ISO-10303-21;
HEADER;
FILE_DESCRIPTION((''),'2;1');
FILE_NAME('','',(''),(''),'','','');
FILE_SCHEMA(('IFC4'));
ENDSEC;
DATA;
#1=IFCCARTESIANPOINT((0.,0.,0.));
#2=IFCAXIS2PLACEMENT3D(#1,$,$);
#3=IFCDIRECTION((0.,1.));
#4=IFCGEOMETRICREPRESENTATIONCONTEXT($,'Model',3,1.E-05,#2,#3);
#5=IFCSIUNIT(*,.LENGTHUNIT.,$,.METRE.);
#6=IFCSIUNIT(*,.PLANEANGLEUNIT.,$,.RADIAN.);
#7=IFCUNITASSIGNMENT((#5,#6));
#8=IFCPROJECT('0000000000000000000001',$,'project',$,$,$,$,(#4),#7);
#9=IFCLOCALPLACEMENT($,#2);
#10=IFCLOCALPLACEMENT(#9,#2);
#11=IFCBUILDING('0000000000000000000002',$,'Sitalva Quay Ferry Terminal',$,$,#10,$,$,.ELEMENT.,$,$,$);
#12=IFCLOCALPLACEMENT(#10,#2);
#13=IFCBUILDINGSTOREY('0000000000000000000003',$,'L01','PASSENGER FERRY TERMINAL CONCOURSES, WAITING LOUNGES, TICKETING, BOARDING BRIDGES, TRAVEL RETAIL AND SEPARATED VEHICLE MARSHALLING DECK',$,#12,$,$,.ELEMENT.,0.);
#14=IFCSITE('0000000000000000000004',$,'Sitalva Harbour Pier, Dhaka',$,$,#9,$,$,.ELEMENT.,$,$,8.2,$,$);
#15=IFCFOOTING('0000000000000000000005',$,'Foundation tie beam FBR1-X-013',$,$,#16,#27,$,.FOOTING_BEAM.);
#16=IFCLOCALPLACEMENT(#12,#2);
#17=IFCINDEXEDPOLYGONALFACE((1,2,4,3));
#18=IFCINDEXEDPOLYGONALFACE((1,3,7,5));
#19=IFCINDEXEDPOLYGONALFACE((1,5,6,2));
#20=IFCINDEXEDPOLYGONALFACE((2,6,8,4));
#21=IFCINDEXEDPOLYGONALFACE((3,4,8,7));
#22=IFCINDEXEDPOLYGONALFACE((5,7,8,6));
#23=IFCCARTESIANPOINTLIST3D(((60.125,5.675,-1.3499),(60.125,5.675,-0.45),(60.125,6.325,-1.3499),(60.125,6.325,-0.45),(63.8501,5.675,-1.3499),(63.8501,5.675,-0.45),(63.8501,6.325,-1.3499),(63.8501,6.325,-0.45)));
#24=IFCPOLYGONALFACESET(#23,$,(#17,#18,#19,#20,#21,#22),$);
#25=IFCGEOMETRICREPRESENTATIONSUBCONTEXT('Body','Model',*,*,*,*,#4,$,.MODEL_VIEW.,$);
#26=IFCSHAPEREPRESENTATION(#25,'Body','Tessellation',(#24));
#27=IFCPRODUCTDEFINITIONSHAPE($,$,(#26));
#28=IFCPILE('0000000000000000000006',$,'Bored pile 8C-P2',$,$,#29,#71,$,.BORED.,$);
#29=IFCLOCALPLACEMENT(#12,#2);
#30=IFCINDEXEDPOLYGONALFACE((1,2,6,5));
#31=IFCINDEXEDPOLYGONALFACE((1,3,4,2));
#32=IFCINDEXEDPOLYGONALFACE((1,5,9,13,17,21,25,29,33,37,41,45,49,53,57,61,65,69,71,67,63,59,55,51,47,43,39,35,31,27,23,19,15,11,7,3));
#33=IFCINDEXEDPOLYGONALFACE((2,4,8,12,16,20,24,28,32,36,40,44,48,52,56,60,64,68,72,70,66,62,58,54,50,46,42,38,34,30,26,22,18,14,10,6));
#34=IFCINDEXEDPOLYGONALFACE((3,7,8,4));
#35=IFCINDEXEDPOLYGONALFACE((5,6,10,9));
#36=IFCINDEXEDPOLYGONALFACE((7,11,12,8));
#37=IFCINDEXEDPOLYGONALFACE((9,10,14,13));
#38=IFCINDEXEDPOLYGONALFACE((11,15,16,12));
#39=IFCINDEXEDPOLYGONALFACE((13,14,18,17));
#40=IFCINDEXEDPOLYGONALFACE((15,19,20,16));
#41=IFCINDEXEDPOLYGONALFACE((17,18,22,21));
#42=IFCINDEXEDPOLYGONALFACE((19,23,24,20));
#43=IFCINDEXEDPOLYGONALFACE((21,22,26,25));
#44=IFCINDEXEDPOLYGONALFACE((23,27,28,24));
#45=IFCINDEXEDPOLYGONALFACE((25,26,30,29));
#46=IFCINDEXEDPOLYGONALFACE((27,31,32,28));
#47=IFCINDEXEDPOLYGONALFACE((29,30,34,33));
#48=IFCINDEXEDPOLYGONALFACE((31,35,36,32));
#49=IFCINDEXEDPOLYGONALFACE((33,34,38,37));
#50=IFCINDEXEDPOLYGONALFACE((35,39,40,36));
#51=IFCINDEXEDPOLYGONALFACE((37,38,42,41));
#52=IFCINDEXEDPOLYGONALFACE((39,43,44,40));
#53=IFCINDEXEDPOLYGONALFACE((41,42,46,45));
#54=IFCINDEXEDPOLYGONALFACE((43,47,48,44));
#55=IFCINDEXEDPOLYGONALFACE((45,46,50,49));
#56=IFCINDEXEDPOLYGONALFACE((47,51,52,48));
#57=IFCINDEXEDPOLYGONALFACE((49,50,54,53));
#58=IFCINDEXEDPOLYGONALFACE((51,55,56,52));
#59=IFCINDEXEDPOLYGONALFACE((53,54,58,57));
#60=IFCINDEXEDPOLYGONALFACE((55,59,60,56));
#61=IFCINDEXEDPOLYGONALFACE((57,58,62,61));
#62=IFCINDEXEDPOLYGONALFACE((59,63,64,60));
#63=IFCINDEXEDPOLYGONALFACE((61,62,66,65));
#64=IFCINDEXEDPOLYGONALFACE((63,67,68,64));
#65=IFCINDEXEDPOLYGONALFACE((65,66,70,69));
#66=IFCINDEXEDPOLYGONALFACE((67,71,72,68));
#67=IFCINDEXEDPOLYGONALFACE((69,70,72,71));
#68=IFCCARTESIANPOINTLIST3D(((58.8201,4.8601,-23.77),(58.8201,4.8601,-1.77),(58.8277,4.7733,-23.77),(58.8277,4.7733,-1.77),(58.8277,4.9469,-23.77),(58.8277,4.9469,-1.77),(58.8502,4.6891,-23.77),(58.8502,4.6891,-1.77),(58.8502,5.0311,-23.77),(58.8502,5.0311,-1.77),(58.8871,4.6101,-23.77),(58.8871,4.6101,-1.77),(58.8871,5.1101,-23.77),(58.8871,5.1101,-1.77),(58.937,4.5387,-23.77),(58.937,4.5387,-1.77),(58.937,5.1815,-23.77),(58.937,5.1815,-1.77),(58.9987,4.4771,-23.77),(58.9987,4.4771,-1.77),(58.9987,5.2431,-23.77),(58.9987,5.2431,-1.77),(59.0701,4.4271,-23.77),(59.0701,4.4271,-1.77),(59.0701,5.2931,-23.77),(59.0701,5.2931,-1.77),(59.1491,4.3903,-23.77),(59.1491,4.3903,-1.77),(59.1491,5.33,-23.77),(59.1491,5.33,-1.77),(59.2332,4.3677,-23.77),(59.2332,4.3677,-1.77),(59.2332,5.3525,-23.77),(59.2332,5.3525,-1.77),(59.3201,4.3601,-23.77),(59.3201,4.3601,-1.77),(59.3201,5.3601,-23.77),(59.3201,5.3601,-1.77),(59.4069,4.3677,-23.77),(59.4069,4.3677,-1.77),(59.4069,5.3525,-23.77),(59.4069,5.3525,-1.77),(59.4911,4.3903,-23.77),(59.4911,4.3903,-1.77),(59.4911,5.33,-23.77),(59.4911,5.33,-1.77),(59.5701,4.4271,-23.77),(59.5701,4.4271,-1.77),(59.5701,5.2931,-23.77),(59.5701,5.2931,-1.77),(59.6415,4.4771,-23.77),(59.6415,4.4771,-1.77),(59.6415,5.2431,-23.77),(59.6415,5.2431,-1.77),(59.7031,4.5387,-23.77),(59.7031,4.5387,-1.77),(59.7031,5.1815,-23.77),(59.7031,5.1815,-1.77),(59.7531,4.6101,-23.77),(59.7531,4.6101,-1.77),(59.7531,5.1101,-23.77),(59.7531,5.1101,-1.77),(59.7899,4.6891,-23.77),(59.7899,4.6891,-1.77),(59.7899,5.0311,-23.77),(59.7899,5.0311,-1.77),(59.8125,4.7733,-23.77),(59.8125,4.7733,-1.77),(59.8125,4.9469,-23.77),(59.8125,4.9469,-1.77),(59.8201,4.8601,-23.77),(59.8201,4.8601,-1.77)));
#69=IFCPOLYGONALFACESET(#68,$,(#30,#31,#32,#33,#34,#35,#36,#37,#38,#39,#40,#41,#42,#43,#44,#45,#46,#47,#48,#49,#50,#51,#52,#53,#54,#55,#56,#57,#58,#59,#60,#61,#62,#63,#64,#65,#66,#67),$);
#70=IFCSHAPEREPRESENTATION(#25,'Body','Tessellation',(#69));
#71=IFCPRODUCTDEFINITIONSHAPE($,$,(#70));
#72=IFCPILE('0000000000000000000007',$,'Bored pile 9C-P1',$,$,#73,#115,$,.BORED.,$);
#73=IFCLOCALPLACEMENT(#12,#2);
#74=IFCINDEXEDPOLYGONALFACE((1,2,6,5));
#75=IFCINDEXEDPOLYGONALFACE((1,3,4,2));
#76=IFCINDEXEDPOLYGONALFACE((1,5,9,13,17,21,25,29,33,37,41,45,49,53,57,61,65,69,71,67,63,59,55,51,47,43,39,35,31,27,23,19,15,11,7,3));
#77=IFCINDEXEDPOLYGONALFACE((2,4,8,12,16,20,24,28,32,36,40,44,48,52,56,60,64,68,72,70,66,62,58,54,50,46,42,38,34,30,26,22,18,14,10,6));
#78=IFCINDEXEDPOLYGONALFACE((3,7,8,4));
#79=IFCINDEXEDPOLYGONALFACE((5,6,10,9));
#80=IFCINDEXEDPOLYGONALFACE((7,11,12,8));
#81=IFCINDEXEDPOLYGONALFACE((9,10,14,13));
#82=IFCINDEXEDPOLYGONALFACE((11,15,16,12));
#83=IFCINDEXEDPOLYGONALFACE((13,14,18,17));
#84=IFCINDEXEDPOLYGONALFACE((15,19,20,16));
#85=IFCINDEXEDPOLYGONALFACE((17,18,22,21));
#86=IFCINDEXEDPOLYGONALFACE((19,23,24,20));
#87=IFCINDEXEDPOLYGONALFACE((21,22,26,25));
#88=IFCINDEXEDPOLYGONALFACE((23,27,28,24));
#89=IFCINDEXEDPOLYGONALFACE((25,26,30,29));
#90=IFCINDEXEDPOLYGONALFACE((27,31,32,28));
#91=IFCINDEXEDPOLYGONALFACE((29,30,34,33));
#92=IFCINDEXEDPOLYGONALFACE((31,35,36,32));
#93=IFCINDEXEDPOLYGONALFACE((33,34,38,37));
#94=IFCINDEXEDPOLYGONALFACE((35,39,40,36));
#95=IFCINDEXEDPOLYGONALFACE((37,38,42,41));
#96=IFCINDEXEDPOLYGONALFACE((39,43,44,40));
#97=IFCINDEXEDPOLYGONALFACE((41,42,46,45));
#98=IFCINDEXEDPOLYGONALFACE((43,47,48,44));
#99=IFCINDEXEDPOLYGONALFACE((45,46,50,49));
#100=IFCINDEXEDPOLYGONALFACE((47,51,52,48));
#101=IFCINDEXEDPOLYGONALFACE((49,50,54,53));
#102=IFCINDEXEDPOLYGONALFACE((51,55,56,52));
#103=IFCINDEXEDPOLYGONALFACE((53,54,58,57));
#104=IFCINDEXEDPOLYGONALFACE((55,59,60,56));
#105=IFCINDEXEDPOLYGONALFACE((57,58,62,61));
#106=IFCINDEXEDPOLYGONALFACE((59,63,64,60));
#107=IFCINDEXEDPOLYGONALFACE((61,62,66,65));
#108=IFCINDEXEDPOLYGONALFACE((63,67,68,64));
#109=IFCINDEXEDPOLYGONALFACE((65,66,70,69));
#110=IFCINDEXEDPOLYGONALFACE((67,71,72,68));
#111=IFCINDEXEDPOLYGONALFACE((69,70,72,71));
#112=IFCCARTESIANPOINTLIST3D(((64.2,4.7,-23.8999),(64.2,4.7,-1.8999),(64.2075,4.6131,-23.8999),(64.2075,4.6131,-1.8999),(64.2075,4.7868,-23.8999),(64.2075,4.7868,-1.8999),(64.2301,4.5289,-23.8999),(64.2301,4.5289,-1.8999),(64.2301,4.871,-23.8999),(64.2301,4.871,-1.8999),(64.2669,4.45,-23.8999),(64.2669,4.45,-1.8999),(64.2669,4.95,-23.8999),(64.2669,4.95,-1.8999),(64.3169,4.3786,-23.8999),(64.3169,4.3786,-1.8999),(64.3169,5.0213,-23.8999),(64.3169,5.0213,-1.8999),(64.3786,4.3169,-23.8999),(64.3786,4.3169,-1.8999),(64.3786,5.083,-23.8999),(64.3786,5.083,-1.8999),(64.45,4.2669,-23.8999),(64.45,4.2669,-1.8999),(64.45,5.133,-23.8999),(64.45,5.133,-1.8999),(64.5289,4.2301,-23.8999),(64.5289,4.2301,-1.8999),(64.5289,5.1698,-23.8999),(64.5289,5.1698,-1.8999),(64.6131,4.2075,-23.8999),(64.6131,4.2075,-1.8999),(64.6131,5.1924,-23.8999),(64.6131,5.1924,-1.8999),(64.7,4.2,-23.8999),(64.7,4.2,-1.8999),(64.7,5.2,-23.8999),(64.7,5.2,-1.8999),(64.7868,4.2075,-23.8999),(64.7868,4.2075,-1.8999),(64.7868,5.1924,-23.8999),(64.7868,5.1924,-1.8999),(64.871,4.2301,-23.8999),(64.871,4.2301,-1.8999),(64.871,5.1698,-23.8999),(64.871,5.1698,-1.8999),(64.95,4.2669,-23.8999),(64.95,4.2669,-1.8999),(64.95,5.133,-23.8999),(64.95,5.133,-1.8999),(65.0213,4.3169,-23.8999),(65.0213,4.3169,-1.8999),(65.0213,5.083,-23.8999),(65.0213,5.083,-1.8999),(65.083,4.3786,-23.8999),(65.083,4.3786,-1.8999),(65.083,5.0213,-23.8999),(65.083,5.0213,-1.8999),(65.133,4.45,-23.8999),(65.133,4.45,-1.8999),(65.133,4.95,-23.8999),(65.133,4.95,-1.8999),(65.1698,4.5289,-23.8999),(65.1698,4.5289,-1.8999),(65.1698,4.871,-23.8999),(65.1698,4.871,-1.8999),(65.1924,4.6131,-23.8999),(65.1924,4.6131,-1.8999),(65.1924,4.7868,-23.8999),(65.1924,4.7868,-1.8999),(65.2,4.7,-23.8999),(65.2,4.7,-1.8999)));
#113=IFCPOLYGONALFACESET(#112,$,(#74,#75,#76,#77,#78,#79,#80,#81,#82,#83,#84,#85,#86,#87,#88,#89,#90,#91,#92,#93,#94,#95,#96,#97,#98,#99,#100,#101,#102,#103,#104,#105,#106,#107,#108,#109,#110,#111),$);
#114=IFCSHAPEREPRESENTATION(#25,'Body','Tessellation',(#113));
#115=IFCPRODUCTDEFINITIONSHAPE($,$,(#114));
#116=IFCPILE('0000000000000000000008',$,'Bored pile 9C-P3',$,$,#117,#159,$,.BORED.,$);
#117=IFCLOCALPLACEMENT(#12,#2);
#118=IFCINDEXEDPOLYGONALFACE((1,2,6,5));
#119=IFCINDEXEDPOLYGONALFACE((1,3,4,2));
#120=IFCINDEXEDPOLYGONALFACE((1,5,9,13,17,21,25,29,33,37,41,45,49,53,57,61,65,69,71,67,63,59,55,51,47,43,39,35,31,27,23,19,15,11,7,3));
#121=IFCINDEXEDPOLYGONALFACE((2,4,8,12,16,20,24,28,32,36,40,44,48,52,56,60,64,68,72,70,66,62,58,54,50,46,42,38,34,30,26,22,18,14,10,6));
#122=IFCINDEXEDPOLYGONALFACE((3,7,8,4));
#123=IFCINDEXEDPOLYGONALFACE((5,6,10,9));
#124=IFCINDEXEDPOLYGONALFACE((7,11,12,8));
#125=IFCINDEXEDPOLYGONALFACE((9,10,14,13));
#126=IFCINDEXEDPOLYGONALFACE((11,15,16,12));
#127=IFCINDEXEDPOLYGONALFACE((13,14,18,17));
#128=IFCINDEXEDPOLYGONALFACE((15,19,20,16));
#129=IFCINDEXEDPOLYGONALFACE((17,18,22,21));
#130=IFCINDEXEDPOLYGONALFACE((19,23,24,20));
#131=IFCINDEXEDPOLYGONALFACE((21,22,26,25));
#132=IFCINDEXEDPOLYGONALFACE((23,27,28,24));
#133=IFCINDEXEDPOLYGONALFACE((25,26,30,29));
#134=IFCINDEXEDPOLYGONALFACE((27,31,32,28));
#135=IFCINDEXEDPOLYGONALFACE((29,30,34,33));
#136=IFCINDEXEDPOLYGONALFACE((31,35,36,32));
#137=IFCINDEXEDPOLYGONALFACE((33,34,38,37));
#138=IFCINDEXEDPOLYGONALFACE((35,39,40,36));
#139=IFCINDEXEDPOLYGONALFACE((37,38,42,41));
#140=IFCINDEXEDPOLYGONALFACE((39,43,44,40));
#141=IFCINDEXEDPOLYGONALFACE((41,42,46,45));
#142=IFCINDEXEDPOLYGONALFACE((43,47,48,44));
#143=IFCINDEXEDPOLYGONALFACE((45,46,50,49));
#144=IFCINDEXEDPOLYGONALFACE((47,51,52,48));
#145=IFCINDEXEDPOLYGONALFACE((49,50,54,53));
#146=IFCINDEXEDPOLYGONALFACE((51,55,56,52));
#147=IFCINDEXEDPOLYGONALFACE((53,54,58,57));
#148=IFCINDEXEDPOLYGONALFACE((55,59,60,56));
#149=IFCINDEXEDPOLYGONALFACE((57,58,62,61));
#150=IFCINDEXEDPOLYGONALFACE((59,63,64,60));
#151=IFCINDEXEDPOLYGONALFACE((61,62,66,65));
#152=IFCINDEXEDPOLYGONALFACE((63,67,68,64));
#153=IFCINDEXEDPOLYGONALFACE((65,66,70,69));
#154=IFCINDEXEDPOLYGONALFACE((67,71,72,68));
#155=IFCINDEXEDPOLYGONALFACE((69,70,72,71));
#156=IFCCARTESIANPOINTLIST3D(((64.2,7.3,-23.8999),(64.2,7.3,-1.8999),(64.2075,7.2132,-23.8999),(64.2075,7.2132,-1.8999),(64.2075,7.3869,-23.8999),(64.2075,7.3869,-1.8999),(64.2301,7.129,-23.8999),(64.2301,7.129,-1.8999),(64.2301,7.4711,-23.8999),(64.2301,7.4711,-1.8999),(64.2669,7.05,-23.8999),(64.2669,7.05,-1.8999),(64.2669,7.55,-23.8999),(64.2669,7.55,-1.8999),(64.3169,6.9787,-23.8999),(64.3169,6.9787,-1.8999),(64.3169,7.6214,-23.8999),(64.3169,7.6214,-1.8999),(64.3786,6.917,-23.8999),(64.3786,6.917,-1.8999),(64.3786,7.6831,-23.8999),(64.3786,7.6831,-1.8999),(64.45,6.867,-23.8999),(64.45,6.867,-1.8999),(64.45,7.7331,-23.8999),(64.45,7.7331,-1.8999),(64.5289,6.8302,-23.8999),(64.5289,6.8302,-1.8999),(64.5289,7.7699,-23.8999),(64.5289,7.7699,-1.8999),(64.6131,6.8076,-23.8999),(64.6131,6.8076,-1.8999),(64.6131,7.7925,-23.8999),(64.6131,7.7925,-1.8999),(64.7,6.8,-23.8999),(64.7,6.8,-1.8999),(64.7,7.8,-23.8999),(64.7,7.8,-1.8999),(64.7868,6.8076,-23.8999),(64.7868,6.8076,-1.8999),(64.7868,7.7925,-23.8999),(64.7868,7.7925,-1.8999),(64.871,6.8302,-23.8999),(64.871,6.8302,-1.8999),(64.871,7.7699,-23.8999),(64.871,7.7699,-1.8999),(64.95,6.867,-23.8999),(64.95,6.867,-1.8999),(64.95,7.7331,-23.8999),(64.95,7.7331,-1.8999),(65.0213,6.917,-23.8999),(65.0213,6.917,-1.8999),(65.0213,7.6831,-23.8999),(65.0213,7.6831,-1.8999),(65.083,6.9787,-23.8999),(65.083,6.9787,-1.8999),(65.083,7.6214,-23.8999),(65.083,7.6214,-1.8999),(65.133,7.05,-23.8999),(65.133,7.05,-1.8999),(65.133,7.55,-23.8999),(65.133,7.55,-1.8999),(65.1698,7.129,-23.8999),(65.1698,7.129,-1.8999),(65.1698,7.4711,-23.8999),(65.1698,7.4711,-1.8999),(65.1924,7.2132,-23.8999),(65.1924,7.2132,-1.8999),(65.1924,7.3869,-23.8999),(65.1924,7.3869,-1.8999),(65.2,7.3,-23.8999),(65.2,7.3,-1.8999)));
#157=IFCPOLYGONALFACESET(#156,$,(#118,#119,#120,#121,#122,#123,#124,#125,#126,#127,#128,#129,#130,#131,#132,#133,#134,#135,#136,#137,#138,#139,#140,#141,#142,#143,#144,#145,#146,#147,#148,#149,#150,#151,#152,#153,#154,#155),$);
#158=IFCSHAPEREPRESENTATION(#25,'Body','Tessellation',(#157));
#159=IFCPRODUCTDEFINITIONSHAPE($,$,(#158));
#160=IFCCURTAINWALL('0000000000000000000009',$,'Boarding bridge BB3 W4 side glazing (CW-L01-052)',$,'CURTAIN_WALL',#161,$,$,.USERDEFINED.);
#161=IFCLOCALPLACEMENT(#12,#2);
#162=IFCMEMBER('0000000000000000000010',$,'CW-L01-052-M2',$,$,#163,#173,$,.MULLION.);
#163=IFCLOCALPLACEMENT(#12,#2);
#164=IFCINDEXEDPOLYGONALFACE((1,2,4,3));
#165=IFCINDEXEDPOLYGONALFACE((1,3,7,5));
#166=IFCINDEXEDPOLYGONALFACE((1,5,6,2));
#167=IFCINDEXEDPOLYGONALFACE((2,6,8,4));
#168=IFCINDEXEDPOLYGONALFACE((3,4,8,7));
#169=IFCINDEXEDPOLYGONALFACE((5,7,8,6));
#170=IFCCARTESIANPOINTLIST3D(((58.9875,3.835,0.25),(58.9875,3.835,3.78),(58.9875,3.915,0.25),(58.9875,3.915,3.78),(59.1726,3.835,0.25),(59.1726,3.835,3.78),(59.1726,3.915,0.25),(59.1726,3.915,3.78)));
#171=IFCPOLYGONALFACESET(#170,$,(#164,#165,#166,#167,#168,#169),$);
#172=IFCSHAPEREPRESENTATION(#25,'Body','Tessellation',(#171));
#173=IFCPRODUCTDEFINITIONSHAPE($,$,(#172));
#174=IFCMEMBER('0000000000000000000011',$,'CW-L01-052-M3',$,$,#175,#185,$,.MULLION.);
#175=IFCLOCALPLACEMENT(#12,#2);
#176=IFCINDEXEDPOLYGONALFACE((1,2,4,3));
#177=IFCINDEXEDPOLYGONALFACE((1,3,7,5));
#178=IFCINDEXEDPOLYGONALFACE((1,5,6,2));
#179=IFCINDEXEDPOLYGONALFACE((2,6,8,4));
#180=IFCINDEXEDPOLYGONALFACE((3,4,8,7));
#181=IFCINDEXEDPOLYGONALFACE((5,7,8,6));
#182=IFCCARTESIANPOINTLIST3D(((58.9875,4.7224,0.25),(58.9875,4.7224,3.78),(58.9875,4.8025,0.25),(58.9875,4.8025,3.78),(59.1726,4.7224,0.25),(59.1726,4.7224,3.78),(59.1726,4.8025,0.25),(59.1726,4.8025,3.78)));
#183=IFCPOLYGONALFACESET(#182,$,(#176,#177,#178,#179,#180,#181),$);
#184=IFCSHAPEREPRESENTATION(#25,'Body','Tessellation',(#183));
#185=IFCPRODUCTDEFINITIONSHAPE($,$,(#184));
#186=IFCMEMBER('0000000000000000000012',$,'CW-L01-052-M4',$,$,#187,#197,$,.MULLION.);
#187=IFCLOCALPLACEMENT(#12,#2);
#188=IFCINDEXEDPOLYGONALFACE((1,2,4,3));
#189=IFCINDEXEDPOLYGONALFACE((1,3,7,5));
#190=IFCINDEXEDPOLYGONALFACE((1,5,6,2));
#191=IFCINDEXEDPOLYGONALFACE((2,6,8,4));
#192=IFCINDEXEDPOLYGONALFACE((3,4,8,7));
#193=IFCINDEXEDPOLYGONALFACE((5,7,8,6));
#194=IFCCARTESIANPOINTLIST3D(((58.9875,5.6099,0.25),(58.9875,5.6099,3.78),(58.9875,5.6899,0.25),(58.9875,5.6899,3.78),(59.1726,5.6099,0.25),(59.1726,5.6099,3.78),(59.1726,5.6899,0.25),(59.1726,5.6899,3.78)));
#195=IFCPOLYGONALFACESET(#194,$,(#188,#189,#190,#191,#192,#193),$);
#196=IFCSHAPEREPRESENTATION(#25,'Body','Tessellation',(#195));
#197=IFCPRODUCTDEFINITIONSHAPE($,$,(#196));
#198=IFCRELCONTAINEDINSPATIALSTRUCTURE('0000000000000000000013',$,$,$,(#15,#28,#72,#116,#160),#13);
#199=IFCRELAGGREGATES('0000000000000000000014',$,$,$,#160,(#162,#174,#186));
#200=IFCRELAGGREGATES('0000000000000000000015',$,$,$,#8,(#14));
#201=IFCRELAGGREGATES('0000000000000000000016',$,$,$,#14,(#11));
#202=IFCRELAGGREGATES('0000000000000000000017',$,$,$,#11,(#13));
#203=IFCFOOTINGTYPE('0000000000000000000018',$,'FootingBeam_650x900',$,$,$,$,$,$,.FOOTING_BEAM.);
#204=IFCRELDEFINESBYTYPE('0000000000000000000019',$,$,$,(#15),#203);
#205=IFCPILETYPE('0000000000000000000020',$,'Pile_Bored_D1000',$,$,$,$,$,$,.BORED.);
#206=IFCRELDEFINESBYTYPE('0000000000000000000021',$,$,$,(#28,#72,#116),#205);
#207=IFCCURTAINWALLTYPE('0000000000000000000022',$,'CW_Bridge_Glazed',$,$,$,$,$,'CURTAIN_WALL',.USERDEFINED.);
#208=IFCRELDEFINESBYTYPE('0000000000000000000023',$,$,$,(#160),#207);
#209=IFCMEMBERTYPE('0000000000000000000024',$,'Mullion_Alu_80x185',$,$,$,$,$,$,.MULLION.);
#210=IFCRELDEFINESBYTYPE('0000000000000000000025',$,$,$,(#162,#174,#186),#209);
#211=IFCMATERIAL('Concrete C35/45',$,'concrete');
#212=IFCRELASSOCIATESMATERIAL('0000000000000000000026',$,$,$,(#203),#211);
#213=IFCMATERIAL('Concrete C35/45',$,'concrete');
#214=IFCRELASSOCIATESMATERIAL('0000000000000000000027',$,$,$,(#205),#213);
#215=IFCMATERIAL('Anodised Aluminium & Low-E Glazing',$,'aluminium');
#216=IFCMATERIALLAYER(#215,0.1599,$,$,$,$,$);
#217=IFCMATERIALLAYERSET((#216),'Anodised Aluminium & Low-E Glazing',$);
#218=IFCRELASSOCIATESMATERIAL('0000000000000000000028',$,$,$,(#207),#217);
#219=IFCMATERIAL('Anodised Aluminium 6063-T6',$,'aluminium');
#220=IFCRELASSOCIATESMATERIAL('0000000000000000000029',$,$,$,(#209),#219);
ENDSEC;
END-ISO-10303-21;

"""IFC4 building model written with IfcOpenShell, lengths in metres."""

from ifc_helpers import new_model, si_unit, direction, frame, origin, origin_2d, place, context, subcontext, project, spatial, rectangle, circle, extrude, material, layer, layer_set, material_profile, profile_set, type_object, element, aggregate, save


model = new_model("IFC4")

# Units and contexts
model_context = context("Model", 3, precision=1e-05, world=origin(), true_north=direction((0.0, 1.0)))
body_context = subcontext(model_context, "Body", "Model", "MODEL_VIEW")
ifc_project = project(units=[si_unit("LENGTHUNIT", "METRE"), si_unit("PLANEANGLEUNIT", "RADIAN")], contexts=[model_context])

# Site, building, storey
site_placement = place(None, origin())
site = spatial("IfcSite", under=ifc_project, at=site_placement, Name="Sitalva Harbour Pier, Dhaka", CompositionType="ELEMENT", RefElevation=8.2)
building_placement = place(site_placement, origin())
building = spatial("IfcBuilding", under=site, at=building_placement, Name="Sitalva Quay Ferry Terminal", CompositionType="ELEMENT")
storey_placement = place(building_placement, origin())
storey = spatial("IfcBuildingStorey", under=building, at=storey_placement, Name="L01", Description="PASSENGER FERRY TERMINAL CONCOURSES, WAITING LOUNGES, TICKETING, BOARDING BRIDGES, TRAVEL RETAIL AND SEPARATED VEHICLE MARSHALLING DECK", CompositionType="ELEMENT", Elevation=0.0)

# Footing
ifc_material_1 = material(Name="Concrete C35/45", Category="concrete")
ifc_material_profile_1 = material_profile(ifc_material_1, rectangle(XDim=0.6499, YDim=0.8999, at=origin_2d()), Name="RC650x900")
ifc_profile_set_1 = profile_set([ifc_material_profile_1], Name="Concrete C35/45")
footing_type = type_object("IfcFootingType", Name="FootingBeam_650x900", PredefinedType="FOOTING_BEAM", material=ifc_profile_set_1)
footing_placement = place(storey_placement, frame((60.125, 6.0, -0.8999), z_axis=(1.0, 0.0, 0.0), x_axis=(0.0, 1.0, 0.0)))
element("IfcFooting", 1, at=footing_placement, inside=storey, type_object=footing_type, Name="Foundation tie beam FBR1-X-013", PredefinedType="FOOTING_BEAM", context=body_context, shape_type="SweptSolid", body=[
    extrude(rectangle(XDim=0.6499, YDim=0.8999, at=origin_2d()), origin(), (0.0, 0.0, 1.0), 3.7251),
])

# Piles
ifc_material_2 = material(Name="Concrete C35/45", Category="concrete")
ifc_material_profile_2 = material_profile(ifc_material_2, circle(Radius=0.5, at=origin_2d()), Name="PILE-D1000")
ifc_profile_set_2 = profile_set([ifc_material_profile_2], Name="Concrete C35/45")
pile_type = type_object("IfcPileType", Name="Pile_Bored_D1000", PredefinedType="BORED", material=ifc_profile_set_2)
for number, where, z_axis, x_axis, name in (
    (2, (59.3201, 4.8601, -1.77), (0.0, 0.0, -1.0), (1.0, 0.0, 0.0), "Bored pile 8C-P2"),
    (3, (64.7, 4.7, -1.8999), (0.0, 0.0, -1.0), (1.0, 0.0, 0.0), "Bored pile 9C-P1"),
    (4, (64.7, 7.3, -1.8999), (0.0, 0.0, -1.0), (1.0, 0.0, 0.0), "Bored pile 9C-P3"),
):
    element("IfcPile", number, at=place(storey_placement, frame(where, z_axis=z_axis, x_axis=x_axis)), inside=storey, type_object=pile_type, Name=name, PredefinedType="BORED", context=body_context, shape_type="SweptSolid", body=[
        extrude(circle(Radius=0.5, at=origin_2d()), origin(), (0.0, 0.0, 1.0), 22.0),
    ])

# Curtain wall, members
ifc_material_3 = material(Name="Anodised Aluminium & Low-E Glazing", Category="aluminium")
ifc_layer_1 = layer(ifc_material_3, 0.1599)
ifc_layer_set_1 = layer_set([ifc_layer_1], Name="Anodised Aluminium & Low-E Glazing")
curtain_wall_type = type_object("IfcCurtainWallType", Name="CW_Bridge_Glazed", ElementType="CURTAIN_WALL", PredefinedType="USERDEFINED", material=ifc_layer_set_1)
curtain_wall_placement = place(storey_placement, origin())
curtain_wall = element("IfcCurtainWall", 5, at=curtain_wall_placement, inside=storey, type_object=curtain_wall_type, Name="Boarding bridge BB3 W4 side glazing (CW-L01-052)", ObjectType="CURTAIN_WALL", PredefinedType="USERDEFINED")
ifc_material_4 = material(Name="Anodised Aluminium 6063-T6", Category="aluminium")
ifc_material_profile_3 = material_profile(ifc_material_4, rectangle(XDim=0.0801, YDim=0.1851, at=origin_2d()), Name="ALU80x185")
ifc_profile_set_3 = profile_set([ifc_material_profile_3], Name="Anodised Aluminium 6063-T6")
member_type_1 = type_object("IfcMemberType", Name="Mullion_Alu_80x185", PredefinedType="MULLION", material=ifc_profile_set_3)
member_1_placement = place(storey_placement, frame((59.0801, 3.875, 0.25), z_axis=(0.0, 0.0, 1.0), x_axis=(0.0, 1.0, 0.0)))
member_1 = element("IfcMember", 6, at=member_1_placement, type_object=member_type_1, Name="CW-L01-052-M2", PredefinedType="MULLION", context=body_context, shape_type="SweptSolid", body=[
    extrude(rectangle(XDim=0.0801, YDim=0.1851, at=origin_2d()), origin(), (0.0, 0.0, 1.0), 3.53),
])
member_2_placement = place(storey_placement, frame((59.0801, 4.7625, 0.25), z_axis=(0.0, 0.0, 1.0), x_axis=(0.0, 1.0, 0.0)))
member_2 = element("IfcMember", 7, at=member_2_placement, type_object=member_type_1, Name="CW-L01-052-M3", PredefinedType="MULLION", context=body_context, shape_type="SweptSolid", body=[
    extrude(rectangle(XDim=0.0801, YDim=0.1851, at=origin_2d()), origin(), (0.0, 0.0, 1.0), 3.53),
])
member_3_placement = place(storey_placement, frame((59.0801, 5.6499, 0.25), z_axis=(0.0, 0.0, 1.0), x_axis=(0.0, 1.0, 0.0)))
member_3 = element("IfcMember", 8, at=member_3_placement, type_object=member_type_1, Name="CW-L01-052-M4", PredefinedType="MULLION", context=body_context, shape_type="SweptSolid", body=[
    extrude(rectangle(XDim=0.0801, YDim=0.1851, at=origin_2d()), origin(), (0.0, 0.0, 1.0), 3.53),
])

aggregate(curtain_wall, [member_1, member_2, member_3])

save(model, "model.ifc")
